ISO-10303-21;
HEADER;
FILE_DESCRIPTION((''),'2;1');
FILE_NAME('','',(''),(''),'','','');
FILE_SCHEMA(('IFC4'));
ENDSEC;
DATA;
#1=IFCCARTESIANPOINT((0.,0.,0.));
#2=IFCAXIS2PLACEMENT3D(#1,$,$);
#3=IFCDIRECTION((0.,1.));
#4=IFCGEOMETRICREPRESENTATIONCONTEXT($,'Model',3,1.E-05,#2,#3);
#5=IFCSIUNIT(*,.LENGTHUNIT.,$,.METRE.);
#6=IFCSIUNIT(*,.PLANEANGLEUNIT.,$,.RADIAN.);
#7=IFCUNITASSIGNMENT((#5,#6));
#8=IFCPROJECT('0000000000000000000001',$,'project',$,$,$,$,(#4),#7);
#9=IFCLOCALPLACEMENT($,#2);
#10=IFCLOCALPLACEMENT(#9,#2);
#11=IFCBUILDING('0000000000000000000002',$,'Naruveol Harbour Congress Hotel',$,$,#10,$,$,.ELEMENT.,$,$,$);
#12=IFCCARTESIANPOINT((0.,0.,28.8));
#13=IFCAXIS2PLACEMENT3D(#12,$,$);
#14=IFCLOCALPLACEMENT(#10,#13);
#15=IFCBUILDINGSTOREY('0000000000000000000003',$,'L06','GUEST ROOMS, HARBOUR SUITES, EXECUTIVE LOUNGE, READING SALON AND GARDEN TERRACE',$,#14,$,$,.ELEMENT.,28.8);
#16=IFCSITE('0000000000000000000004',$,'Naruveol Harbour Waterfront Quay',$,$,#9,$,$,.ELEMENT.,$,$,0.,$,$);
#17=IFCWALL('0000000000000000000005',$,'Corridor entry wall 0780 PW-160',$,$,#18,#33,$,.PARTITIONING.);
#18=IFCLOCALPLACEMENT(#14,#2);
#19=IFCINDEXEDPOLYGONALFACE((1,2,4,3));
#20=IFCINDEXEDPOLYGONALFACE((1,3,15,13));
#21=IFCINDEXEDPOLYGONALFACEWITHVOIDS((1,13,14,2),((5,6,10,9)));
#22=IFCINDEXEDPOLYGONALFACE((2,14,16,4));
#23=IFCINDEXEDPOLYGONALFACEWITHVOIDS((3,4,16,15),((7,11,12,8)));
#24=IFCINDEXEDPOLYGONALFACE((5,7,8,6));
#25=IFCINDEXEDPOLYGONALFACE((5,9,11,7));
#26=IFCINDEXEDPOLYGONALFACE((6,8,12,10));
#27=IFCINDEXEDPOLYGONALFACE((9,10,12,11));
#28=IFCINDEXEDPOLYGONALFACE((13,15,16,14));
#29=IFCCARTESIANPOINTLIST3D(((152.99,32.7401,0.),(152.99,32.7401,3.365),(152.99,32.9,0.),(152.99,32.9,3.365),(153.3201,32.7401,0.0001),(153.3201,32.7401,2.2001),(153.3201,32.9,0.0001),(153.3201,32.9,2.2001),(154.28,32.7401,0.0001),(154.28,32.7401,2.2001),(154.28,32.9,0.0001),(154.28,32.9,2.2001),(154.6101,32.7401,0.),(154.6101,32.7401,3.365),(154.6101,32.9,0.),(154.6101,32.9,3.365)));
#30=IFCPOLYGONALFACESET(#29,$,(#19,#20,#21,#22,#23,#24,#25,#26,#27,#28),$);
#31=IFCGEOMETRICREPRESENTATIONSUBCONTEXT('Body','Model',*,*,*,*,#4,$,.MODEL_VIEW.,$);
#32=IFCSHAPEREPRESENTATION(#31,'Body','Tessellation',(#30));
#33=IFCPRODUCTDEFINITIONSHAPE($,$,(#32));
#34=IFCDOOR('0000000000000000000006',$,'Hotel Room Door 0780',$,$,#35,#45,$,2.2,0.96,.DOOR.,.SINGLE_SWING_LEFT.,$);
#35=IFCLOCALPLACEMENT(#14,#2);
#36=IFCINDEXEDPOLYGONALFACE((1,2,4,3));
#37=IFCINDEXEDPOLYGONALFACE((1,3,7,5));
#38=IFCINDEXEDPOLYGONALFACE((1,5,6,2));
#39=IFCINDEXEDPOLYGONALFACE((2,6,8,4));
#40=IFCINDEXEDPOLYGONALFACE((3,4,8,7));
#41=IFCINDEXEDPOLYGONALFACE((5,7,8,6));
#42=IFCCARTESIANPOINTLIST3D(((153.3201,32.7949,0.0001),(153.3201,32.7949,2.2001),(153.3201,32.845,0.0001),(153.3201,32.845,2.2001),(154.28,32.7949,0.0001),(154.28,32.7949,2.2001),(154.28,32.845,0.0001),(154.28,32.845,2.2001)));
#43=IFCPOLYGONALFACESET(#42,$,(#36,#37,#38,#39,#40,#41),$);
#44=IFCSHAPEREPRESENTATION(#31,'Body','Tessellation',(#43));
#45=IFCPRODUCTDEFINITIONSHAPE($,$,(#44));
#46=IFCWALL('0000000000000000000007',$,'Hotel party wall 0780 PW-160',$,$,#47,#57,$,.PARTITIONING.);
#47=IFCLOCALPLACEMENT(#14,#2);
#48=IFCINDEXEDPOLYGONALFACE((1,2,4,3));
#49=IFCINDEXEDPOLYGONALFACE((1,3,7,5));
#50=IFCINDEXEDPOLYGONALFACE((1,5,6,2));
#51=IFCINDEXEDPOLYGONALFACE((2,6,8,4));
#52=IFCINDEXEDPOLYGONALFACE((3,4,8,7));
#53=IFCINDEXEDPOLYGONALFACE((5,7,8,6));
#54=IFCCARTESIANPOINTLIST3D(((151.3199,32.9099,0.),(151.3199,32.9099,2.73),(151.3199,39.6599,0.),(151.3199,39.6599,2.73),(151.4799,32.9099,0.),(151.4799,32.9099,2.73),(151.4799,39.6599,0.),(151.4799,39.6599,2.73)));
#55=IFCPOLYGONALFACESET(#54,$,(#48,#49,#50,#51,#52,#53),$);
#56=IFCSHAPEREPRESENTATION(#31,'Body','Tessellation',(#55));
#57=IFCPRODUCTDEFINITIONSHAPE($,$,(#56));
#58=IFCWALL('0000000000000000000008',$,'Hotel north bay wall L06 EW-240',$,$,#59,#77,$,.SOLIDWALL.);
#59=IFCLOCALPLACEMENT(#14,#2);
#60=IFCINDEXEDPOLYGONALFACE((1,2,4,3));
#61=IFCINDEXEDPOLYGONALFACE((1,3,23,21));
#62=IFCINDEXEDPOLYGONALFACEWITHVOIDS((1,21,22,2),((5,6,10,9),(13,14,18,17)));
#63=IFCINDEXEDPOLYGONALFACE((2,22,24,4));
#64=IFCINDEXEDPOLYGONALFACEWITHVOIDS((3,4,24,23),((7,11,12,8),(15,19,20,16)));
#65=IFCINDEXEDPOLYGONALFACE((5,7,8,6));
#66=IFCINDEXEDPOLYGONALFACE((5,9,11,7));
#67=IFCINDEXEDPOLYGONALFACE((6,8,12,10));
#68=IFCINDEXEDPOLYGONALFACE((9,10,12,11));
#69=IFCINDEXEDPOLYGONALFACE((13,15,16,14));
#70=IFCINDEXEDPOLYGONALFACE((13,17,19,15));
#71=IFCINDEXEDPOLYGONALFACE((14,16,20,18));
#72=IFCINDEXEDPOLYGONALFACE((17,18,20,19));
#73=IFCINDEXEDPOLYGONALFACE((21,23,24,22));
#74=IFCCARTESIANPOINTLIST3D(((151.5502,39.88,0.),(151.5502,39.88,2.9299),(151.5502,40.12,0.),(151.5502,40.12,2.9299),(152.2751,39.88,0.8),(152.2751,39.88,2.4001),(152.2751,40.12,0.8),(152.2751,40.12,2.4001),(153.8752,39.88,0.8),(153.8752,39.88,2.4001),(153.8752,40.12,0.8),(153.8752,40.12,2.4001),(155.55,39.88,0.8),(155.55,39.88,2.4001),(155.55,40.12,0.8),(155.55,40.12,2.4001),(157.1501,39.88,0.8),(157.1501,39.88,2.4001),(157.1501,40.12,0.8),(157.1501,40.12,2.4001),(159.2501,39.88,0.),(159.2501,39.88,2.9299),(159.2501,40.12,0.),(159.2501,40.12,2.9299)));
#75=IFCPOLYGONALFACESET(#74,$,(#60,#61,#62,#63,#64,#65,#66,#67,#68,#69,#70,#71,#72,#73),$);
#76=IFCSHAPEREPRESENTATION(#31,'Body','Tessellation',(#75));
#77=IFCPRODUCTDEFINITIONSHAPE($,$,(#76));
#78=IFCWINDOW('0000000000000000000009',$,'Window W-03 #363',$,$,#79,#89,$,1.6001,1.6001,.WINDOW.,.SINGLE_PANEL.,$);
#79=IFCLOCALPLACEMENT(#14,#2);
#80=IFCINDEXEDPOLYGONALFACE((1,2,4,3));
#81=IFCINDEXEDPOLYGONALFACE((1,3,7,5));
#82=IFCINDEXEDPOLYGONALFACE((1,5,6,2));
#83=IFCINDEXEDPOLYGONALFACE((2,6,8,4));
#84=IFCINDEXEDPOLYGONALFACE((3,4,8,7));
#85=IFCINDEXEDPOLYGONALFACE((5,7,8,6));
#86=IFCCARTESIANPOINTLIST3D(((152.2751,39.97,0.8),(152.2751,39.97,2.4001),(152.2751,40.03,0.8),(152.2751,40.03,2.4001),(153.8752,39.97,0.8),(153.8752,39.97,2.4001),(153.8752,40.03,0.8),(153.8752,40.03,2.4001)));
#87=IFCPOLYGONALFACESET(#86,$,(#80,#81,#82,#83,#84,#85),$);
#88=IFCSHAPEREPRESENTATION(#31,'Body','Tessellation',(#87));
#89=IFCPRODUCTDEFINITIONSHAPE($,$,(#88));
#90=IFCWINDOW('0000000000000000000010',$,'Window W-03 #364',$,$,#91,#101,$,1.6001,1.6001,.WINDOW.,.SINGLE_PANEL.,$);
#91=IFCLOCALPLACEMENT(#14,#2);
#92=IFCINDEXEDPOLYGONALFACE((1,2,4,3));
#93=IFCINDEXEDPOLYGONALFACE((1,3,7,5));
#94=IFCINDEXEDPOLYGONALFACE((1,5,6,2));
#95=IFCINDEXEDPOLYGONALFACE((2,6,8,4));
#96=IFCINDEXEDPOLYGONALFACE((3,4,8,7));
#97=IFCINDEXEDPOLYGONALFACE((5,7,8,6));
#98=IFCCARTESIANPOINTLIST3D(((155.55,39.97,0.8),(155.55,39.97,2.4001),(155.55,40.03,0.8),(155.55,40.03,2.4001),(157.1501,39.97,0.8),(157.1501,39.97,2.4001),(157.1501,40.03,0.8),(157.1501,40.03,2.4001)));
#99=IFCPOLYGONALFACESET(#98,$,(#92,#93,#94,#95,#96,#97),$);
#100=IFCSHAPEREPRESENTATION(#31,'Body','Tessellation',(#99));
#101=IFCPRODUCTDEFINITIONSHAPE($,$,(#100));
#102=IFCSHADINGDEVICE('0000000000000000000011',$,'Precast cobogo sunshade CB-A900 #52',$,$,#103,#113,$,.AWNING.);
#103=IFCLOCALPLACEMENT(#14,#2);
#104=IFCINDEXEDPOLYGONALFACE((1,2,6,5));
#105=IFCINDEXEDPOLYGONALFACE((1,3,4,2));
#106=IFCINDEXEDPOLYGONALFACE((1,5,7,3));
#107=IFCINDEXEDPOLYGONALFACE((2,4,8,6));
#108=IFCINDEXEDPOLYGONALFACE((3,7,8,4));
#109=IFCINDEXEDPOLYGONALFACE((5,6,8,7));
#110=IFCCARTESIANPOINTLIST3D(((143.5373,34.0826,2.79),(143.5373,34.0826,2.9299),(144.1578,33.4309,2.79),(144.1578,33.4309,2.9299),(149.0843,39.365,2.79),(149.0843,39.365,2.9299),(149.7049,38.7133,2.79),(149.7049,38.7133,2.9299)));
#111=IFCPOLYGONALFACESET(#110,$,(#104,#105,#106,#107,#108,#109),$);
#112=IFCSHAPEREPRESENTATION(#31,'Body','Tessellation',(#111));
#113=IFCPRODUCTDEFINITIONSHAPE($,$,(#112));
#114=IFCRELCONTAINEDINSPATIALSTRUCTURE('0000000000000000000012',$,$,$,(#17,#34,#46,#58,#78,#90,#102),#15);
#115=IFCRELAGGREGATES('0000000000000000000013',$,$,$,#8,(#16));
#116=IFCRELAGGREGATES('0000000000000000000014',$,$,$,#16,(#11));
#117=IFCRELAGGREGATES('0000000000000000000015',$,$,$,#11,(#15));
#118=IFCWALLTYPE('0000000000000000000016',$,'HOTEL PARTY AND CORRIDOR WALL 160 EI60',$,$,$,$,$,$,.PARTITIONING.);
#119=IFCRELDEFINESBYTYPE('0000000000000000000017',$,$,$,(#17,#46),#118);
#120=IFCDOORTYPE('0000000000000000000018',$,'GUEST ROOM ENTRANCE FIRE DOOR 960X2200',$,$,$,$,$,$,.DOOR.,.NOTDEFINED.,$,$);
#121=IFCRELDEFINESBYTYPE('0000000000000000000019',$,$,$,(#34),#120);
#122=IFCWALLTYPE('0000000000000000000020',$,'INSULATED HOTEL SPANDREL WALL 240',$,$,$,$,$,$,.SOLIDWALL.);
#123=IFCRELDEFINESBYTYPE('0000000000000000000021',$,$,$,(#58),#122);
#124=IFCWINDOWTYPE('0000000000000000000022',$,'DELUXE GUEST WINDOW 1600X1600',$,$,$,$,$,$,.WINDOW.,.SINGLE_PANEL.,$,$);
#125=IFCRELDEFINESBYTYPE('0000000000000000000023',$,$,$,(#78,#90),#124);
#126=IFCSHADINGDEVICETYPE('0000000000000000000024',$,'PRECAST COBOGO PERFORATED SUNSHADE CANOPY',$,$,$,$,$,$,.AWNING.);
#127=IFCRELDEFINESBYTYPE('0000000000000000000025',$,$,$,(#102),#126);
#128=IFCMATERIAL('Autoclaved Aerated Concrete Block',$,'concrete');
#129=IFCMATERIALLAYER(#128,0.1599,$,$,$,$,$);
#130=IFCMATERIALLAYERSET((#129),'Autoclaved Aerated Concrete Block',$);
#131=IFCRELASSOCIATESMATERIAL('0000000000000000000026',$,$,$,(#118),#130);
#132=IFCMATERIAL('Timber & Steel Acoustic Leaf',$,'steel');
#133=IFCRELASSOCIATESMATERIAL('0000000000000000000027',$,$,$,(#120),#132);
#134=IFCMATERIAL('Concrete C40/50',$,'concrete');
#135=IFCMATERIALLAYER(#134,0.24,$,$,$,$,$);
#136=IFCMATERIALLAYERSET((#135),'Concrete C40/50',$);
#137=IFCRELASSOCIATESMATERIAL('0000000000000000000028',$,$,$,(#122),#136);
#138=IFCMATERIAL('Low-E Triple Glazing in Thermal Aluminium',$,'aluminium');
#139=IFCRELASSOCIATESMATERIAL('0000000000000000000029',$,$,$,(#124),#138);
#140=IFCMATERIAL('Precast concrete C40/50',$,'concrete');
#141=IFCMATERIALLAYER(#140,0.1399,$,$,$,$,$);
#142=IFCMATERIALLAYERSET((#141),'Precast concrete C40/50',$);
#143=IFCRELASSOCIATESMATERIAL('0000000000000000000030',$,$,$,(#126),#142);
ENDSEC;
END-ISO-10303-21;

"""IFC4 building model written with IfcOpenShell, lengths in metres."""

from ifc_helpers import new_model, si_unit, direction, frame, frame_2d, origin, origin_2d, place, context, subcontext, project, spatial, rectangle, extrude, material, layer, layer_set, type_object, element, fill, save


model = new_model("IFC4")

# Units and contexts
model_context = context("Model", 3, precision=1e-05, world=origin(), true_north=direction((0.0, 1.0)))
body_context = subcontext(model_context, "Body", "Model", "MODEL_VIEW")
ifc_project = project(units=[si_unit("LENGTHUNIT", "METRE"), si_unit("PLANEANGLEUNIT", "RADIAN")], contexts=[model_context])

# Site, building, storey
site_placement = place(None, origin())
site = spatial("IfcSite", under=ifc_project, at=site_placement, Name="Naruveol Harbour Waterfront Quay", CompositionType="ELEMENT", RefElevation=0.0)
building_placement = place(site_placement, origin())
building = spatial("IfcBuilding", under=site, at=building_placement, Name="Naruveol Harbour Congress Hotel", CompositionType="ELEMENT")
storey_placement = place(building_placement, frame((0.0, 0.0, 28.8)))
storey = spatial("IfcBuildingStorey", under=building, at=storey_placement, Name="L06", Description="GUEST ROOMS, HARBOUR SUITES, EXECUTIVE LOUNGE, READING SALON AND GARDEN TERRACE", CompositionType="ELEMENT", Elevation=28.8)

# Shared definitions
ifc_material_1 = material(Name="Autoclaved Aerated Concrete Block", Category="concrete")
ifc_layer_1 = layer(ifc_material_1, 0.1599)
ifc_layer_set_1 = layer_set([ifc_layer_1], Name="Autoclaved Aerated Concrete Block")
wall_type_1 = type_object("IfcWallType", Name="HOTEL PARTY AND CORRIDOR WALL 160 EI60", PredefinedType="PARTITIONING", material=ifc_layer_set_1)
ifc_material_2 = material(Name="Timber & Steel Acoustic Leaf", Category="steel")
door_type_1 = type_object("IfcDoorType", Name="GUEST ROOM ENTRANCE FIRE DOOR 960X2200", OperationType="NOTDEFINED", PredefinedType="DOOR", material=ifc_material_2)

# Wall, opening, door
wall_1_placement = place(storey_placement, frame((152.99, 32.8201, 0.0), z_axis=(0.0, 0.0, 1.0), x_axis=(1.0, 0.0, 0.0)))
wall_1 = element("IfcWall", 1, at=wall_1_placement, inside=storey, type_object=wall_type_1, Name="Corridor entry wall 0780 PW-160", PredefinedType="PARTITIONING", context=body_context, shape_type="SweptSolid", body=[
    extrude(rectangle(XDim=1.6201, YDim=0.1599, at=frame_2d((0.8101, 0.0))), origin(), (0.0, 0.0, 1.0), 3.365),
])
opening_1_placement = place(wall_1_placement, frame((0.3301, 0.0, 0.0)))
opening_1 = element("IfcOpeningElement", 2, at=opening_1_placement, cuts=wall_1, PredefinedType="OPENING", context=body_context, shape_type="SweptSolid", body=[
    extrude(rectangle(XDim=0.96, YDim=2.2, at=frame_2d((0.48, 1.1001))), frame((0.0, 0.0898, 0.0), z_axis=(0.0, -1.0, 0.0), x_axis=(1.0, 0.0, 0.0)), (0.0, 0.0, 1.0), 0.1799),
])
door_1_placement = place(opening_1_placement, origin())
door_1 = element("IfcDoor", 3, at=door_1_placement, inside=storey, type_object=door_type_1, Name="Hotel Room Door 0780", OperationType="SINGLE_SWING_LEFT", OverallHeight=2.2, OverallWidth=0.96, PredefinedType="DOOR", context=body_context, shape_type="SweptSolid", body=[
    extrude(rectangle(XDim=0.96, YDim=2.2, at=frame_2d((0.48, 1.1001))), frame((0.0, 0.0249, 0.0), z_axis=(0.0, -1.0, 0.0), x_axis=(1.0, 0.0, 0.0)), (0.0, 0.0, 1.0), 0.05),
])
fill(opening_1, door_1)

# Wall
wall_2_placement = place(storey_placement, frame((151.3999, 32.9099, 0.0), z_axis=(0.0, 0.0, 1.0), x_axis=(0.0, 1.0, 0.0)))
element("IfcWall", 4, at=wall_2_placement, inside=storey, type_object=wall_type_1, Name="Hotel party wall 0780 PW-160", PredefinedType="PARTITIONING", context=body_context, shape_type="SweptSolid", body=[
    extrude(rectangle(XDim=6.75, YDim=0.1599, at=frame_2d((3.375, 0.0))), origin(), (0.0, 0.0, 1.0), 2.73),
])

# Wall, openings, windows
ifc_material_3 = material(Name="Concrete C40/50", Category="concrete")
ifc_layer_2 = layer(ifc_material_3, 0.24)
ifc_layer_set_2 = layer_set([ifc_layer_2], Name="Concrete C40/50")
wall_type_2 = type_object("IfcWallType", Name="INSULATED HOTEL SPANDREL WALL 240", PredefinedType="SOLIDWALL", material=ifc_layer_set_2)
wall_3_placement = place(storey_placement, frame((151.55, 40.0, 0.0), z_axis=(0.0, 0.0, 1.0), x_axis=(1.0, 0.0, 0.0)))
wall_3 = element("IfcWall", 5, at=wall_3_placement, inside=storey, type_object=wall_type_2, Name="Hotel north bay wall L06 EW-240", PredefinedType="SOLIDWALL", context=body_context, shape_type="SweptSolid", body=[
    extrude(rectangle(XDim=7.7, YDim=0.24, at=frame_2d((3.8501, 0.0))), origin(), (0.0, 0.0, 1.0), 2.9299),
])
opening_2_placement = place(wall_3_placement, frame((0.7251, 0.0, 0.8)))
opening_2 = element("IfcOpeningElement", 6, at=opening_2_placement, cuts=wall_3, PredefinedType="OPENING", context=body_context, shape_type="SweptSolid", body=[
    extrude(rectangle(XDim=1.6001, YDim=1.6001, at=frame_2d((0.8, 0.8))), frame((0.0, 0.1299, 0.0), z_axis=(0.0, -1.0, 0.0), x_axis=(1.0, 0.0, 0.0)), (0.0, 0.0, 1.0), 0.26),
])
opening_3_placement = place(wall_3_placement, frame((4.0, 0.0, 0.8)))
opening_3 = element("IfcOpeningElement", 7, at=opening_3_placement, cuts=wall_3, PredefinedType="OPENING", context=body_context, shape_type="SweptSolid", body=[
    extrude(rectangle(XDim=1.6001, YDim=1.6001, at=frame_2d((0.8, 0.8))), frame((0.0, 0.1299, 0.0), z_axis=(0.0, -1.0, 0.0), x_axis=(1.0, 0.0, 0.0)), (0.0, 0.0, 1.0), 0.26),
])
ifc_material_4 = material(Name="Low-E Triple Glazing in Thermal Aluminium", Category="aluminium")
window_type = type_object("IfcWindowType", Name="DELUXE GUEST WINDOW 1600X1600", PartitioningType="SINGLE_PANEL", PredefinedType="WINDOW", material=ifc_material_4)
window_1_placement = place(opening_2_placement, origin())
window_1 = element("IfcWindow", 8, at=window_1_placement, inside=storey, type_object=window_type, Name="Window W-03 #363", OverallHeight=1.6001, OverallWidth=1.6001, PartitioningType="SINGLE_PANEL", PredefinedType="WINDOW", context=body_context, shape_type="SweptSolid", body=[
    extrude(rectangle(XDim=1.6001, YDim=1.6001, at=frame_2d((0.8, 0.8))), frame((0.0, 0.03, 0.0), z_axis=(0.0, -1.0, 0.0), x_axis=(1.0, 0.0, 0.0)), (0.0, 0.0, 1.0), 0.0601),
])
fill(opening_2, window_1)
window_2_placement = place(opening_3_placement, origin())
window_2 = element("IfcWindow", 9, at=window_2_placement, inside=storey, type_object=window_type, Name="Window W-03 #364", OverallHeight=1.6001, OverallWidth=1.6001, PartitioningType="SINGLE_PANEL", PredefinedType="WINDOW", context=body_context, shape_type="SweptSolid", body=[
    extrude(rectangle(XDim=1.6001, YDim=1.6001, at=frame_2d((0.8, 0.8))), frame((0.0, 0.03, 0.0), z_axis=(0.0, -1.0, 0.0), x_axis=(1.0, 0.0, 0.0)), (0.0, 0.0, 1.0), 0.0601),
])
fill(opening_3, window_2)

# Shading device
ifc_material_5 = material(Name="Precast concrete C40/50", Category="concrete")
ifc_layer_3 = layer(ifc_material_5, 0.1399)
ifc_layer_set_3 = layer_set([ifc_layer_3], Name="Precast concrete C40/50")
shading_device_type = type_object("IfcShadingDeviceType", Name="PRECAST COBOGO PERFORATED SUNSHADE CANOPY", PredefinedType="AWNING", material=ifc_layer_set_3)
shading_device_placement = place(storey_placement, frame((146.6211, 36.3979, 2.79), z_axis=(0.0, 0.0, 1.0), x_axis=(0.724172, 0.68962, 0.0)))
element("IfcShadingDevice", 10, at=shading_device_placement, inside=storey, type_object=shading_device_type, Name="Precast cobogo sunshade CB-A900 #52", PredefinedType="AWNING", context=body_context, shape_type="SweptSolid", body=[
    extrude(rectangle(XDim=7.6599, YDim=0.8999, at=origin_2d()), origin(), (0.0, 0.0, 1.0), 0.1399),
])

save(model, "model.ifc")
